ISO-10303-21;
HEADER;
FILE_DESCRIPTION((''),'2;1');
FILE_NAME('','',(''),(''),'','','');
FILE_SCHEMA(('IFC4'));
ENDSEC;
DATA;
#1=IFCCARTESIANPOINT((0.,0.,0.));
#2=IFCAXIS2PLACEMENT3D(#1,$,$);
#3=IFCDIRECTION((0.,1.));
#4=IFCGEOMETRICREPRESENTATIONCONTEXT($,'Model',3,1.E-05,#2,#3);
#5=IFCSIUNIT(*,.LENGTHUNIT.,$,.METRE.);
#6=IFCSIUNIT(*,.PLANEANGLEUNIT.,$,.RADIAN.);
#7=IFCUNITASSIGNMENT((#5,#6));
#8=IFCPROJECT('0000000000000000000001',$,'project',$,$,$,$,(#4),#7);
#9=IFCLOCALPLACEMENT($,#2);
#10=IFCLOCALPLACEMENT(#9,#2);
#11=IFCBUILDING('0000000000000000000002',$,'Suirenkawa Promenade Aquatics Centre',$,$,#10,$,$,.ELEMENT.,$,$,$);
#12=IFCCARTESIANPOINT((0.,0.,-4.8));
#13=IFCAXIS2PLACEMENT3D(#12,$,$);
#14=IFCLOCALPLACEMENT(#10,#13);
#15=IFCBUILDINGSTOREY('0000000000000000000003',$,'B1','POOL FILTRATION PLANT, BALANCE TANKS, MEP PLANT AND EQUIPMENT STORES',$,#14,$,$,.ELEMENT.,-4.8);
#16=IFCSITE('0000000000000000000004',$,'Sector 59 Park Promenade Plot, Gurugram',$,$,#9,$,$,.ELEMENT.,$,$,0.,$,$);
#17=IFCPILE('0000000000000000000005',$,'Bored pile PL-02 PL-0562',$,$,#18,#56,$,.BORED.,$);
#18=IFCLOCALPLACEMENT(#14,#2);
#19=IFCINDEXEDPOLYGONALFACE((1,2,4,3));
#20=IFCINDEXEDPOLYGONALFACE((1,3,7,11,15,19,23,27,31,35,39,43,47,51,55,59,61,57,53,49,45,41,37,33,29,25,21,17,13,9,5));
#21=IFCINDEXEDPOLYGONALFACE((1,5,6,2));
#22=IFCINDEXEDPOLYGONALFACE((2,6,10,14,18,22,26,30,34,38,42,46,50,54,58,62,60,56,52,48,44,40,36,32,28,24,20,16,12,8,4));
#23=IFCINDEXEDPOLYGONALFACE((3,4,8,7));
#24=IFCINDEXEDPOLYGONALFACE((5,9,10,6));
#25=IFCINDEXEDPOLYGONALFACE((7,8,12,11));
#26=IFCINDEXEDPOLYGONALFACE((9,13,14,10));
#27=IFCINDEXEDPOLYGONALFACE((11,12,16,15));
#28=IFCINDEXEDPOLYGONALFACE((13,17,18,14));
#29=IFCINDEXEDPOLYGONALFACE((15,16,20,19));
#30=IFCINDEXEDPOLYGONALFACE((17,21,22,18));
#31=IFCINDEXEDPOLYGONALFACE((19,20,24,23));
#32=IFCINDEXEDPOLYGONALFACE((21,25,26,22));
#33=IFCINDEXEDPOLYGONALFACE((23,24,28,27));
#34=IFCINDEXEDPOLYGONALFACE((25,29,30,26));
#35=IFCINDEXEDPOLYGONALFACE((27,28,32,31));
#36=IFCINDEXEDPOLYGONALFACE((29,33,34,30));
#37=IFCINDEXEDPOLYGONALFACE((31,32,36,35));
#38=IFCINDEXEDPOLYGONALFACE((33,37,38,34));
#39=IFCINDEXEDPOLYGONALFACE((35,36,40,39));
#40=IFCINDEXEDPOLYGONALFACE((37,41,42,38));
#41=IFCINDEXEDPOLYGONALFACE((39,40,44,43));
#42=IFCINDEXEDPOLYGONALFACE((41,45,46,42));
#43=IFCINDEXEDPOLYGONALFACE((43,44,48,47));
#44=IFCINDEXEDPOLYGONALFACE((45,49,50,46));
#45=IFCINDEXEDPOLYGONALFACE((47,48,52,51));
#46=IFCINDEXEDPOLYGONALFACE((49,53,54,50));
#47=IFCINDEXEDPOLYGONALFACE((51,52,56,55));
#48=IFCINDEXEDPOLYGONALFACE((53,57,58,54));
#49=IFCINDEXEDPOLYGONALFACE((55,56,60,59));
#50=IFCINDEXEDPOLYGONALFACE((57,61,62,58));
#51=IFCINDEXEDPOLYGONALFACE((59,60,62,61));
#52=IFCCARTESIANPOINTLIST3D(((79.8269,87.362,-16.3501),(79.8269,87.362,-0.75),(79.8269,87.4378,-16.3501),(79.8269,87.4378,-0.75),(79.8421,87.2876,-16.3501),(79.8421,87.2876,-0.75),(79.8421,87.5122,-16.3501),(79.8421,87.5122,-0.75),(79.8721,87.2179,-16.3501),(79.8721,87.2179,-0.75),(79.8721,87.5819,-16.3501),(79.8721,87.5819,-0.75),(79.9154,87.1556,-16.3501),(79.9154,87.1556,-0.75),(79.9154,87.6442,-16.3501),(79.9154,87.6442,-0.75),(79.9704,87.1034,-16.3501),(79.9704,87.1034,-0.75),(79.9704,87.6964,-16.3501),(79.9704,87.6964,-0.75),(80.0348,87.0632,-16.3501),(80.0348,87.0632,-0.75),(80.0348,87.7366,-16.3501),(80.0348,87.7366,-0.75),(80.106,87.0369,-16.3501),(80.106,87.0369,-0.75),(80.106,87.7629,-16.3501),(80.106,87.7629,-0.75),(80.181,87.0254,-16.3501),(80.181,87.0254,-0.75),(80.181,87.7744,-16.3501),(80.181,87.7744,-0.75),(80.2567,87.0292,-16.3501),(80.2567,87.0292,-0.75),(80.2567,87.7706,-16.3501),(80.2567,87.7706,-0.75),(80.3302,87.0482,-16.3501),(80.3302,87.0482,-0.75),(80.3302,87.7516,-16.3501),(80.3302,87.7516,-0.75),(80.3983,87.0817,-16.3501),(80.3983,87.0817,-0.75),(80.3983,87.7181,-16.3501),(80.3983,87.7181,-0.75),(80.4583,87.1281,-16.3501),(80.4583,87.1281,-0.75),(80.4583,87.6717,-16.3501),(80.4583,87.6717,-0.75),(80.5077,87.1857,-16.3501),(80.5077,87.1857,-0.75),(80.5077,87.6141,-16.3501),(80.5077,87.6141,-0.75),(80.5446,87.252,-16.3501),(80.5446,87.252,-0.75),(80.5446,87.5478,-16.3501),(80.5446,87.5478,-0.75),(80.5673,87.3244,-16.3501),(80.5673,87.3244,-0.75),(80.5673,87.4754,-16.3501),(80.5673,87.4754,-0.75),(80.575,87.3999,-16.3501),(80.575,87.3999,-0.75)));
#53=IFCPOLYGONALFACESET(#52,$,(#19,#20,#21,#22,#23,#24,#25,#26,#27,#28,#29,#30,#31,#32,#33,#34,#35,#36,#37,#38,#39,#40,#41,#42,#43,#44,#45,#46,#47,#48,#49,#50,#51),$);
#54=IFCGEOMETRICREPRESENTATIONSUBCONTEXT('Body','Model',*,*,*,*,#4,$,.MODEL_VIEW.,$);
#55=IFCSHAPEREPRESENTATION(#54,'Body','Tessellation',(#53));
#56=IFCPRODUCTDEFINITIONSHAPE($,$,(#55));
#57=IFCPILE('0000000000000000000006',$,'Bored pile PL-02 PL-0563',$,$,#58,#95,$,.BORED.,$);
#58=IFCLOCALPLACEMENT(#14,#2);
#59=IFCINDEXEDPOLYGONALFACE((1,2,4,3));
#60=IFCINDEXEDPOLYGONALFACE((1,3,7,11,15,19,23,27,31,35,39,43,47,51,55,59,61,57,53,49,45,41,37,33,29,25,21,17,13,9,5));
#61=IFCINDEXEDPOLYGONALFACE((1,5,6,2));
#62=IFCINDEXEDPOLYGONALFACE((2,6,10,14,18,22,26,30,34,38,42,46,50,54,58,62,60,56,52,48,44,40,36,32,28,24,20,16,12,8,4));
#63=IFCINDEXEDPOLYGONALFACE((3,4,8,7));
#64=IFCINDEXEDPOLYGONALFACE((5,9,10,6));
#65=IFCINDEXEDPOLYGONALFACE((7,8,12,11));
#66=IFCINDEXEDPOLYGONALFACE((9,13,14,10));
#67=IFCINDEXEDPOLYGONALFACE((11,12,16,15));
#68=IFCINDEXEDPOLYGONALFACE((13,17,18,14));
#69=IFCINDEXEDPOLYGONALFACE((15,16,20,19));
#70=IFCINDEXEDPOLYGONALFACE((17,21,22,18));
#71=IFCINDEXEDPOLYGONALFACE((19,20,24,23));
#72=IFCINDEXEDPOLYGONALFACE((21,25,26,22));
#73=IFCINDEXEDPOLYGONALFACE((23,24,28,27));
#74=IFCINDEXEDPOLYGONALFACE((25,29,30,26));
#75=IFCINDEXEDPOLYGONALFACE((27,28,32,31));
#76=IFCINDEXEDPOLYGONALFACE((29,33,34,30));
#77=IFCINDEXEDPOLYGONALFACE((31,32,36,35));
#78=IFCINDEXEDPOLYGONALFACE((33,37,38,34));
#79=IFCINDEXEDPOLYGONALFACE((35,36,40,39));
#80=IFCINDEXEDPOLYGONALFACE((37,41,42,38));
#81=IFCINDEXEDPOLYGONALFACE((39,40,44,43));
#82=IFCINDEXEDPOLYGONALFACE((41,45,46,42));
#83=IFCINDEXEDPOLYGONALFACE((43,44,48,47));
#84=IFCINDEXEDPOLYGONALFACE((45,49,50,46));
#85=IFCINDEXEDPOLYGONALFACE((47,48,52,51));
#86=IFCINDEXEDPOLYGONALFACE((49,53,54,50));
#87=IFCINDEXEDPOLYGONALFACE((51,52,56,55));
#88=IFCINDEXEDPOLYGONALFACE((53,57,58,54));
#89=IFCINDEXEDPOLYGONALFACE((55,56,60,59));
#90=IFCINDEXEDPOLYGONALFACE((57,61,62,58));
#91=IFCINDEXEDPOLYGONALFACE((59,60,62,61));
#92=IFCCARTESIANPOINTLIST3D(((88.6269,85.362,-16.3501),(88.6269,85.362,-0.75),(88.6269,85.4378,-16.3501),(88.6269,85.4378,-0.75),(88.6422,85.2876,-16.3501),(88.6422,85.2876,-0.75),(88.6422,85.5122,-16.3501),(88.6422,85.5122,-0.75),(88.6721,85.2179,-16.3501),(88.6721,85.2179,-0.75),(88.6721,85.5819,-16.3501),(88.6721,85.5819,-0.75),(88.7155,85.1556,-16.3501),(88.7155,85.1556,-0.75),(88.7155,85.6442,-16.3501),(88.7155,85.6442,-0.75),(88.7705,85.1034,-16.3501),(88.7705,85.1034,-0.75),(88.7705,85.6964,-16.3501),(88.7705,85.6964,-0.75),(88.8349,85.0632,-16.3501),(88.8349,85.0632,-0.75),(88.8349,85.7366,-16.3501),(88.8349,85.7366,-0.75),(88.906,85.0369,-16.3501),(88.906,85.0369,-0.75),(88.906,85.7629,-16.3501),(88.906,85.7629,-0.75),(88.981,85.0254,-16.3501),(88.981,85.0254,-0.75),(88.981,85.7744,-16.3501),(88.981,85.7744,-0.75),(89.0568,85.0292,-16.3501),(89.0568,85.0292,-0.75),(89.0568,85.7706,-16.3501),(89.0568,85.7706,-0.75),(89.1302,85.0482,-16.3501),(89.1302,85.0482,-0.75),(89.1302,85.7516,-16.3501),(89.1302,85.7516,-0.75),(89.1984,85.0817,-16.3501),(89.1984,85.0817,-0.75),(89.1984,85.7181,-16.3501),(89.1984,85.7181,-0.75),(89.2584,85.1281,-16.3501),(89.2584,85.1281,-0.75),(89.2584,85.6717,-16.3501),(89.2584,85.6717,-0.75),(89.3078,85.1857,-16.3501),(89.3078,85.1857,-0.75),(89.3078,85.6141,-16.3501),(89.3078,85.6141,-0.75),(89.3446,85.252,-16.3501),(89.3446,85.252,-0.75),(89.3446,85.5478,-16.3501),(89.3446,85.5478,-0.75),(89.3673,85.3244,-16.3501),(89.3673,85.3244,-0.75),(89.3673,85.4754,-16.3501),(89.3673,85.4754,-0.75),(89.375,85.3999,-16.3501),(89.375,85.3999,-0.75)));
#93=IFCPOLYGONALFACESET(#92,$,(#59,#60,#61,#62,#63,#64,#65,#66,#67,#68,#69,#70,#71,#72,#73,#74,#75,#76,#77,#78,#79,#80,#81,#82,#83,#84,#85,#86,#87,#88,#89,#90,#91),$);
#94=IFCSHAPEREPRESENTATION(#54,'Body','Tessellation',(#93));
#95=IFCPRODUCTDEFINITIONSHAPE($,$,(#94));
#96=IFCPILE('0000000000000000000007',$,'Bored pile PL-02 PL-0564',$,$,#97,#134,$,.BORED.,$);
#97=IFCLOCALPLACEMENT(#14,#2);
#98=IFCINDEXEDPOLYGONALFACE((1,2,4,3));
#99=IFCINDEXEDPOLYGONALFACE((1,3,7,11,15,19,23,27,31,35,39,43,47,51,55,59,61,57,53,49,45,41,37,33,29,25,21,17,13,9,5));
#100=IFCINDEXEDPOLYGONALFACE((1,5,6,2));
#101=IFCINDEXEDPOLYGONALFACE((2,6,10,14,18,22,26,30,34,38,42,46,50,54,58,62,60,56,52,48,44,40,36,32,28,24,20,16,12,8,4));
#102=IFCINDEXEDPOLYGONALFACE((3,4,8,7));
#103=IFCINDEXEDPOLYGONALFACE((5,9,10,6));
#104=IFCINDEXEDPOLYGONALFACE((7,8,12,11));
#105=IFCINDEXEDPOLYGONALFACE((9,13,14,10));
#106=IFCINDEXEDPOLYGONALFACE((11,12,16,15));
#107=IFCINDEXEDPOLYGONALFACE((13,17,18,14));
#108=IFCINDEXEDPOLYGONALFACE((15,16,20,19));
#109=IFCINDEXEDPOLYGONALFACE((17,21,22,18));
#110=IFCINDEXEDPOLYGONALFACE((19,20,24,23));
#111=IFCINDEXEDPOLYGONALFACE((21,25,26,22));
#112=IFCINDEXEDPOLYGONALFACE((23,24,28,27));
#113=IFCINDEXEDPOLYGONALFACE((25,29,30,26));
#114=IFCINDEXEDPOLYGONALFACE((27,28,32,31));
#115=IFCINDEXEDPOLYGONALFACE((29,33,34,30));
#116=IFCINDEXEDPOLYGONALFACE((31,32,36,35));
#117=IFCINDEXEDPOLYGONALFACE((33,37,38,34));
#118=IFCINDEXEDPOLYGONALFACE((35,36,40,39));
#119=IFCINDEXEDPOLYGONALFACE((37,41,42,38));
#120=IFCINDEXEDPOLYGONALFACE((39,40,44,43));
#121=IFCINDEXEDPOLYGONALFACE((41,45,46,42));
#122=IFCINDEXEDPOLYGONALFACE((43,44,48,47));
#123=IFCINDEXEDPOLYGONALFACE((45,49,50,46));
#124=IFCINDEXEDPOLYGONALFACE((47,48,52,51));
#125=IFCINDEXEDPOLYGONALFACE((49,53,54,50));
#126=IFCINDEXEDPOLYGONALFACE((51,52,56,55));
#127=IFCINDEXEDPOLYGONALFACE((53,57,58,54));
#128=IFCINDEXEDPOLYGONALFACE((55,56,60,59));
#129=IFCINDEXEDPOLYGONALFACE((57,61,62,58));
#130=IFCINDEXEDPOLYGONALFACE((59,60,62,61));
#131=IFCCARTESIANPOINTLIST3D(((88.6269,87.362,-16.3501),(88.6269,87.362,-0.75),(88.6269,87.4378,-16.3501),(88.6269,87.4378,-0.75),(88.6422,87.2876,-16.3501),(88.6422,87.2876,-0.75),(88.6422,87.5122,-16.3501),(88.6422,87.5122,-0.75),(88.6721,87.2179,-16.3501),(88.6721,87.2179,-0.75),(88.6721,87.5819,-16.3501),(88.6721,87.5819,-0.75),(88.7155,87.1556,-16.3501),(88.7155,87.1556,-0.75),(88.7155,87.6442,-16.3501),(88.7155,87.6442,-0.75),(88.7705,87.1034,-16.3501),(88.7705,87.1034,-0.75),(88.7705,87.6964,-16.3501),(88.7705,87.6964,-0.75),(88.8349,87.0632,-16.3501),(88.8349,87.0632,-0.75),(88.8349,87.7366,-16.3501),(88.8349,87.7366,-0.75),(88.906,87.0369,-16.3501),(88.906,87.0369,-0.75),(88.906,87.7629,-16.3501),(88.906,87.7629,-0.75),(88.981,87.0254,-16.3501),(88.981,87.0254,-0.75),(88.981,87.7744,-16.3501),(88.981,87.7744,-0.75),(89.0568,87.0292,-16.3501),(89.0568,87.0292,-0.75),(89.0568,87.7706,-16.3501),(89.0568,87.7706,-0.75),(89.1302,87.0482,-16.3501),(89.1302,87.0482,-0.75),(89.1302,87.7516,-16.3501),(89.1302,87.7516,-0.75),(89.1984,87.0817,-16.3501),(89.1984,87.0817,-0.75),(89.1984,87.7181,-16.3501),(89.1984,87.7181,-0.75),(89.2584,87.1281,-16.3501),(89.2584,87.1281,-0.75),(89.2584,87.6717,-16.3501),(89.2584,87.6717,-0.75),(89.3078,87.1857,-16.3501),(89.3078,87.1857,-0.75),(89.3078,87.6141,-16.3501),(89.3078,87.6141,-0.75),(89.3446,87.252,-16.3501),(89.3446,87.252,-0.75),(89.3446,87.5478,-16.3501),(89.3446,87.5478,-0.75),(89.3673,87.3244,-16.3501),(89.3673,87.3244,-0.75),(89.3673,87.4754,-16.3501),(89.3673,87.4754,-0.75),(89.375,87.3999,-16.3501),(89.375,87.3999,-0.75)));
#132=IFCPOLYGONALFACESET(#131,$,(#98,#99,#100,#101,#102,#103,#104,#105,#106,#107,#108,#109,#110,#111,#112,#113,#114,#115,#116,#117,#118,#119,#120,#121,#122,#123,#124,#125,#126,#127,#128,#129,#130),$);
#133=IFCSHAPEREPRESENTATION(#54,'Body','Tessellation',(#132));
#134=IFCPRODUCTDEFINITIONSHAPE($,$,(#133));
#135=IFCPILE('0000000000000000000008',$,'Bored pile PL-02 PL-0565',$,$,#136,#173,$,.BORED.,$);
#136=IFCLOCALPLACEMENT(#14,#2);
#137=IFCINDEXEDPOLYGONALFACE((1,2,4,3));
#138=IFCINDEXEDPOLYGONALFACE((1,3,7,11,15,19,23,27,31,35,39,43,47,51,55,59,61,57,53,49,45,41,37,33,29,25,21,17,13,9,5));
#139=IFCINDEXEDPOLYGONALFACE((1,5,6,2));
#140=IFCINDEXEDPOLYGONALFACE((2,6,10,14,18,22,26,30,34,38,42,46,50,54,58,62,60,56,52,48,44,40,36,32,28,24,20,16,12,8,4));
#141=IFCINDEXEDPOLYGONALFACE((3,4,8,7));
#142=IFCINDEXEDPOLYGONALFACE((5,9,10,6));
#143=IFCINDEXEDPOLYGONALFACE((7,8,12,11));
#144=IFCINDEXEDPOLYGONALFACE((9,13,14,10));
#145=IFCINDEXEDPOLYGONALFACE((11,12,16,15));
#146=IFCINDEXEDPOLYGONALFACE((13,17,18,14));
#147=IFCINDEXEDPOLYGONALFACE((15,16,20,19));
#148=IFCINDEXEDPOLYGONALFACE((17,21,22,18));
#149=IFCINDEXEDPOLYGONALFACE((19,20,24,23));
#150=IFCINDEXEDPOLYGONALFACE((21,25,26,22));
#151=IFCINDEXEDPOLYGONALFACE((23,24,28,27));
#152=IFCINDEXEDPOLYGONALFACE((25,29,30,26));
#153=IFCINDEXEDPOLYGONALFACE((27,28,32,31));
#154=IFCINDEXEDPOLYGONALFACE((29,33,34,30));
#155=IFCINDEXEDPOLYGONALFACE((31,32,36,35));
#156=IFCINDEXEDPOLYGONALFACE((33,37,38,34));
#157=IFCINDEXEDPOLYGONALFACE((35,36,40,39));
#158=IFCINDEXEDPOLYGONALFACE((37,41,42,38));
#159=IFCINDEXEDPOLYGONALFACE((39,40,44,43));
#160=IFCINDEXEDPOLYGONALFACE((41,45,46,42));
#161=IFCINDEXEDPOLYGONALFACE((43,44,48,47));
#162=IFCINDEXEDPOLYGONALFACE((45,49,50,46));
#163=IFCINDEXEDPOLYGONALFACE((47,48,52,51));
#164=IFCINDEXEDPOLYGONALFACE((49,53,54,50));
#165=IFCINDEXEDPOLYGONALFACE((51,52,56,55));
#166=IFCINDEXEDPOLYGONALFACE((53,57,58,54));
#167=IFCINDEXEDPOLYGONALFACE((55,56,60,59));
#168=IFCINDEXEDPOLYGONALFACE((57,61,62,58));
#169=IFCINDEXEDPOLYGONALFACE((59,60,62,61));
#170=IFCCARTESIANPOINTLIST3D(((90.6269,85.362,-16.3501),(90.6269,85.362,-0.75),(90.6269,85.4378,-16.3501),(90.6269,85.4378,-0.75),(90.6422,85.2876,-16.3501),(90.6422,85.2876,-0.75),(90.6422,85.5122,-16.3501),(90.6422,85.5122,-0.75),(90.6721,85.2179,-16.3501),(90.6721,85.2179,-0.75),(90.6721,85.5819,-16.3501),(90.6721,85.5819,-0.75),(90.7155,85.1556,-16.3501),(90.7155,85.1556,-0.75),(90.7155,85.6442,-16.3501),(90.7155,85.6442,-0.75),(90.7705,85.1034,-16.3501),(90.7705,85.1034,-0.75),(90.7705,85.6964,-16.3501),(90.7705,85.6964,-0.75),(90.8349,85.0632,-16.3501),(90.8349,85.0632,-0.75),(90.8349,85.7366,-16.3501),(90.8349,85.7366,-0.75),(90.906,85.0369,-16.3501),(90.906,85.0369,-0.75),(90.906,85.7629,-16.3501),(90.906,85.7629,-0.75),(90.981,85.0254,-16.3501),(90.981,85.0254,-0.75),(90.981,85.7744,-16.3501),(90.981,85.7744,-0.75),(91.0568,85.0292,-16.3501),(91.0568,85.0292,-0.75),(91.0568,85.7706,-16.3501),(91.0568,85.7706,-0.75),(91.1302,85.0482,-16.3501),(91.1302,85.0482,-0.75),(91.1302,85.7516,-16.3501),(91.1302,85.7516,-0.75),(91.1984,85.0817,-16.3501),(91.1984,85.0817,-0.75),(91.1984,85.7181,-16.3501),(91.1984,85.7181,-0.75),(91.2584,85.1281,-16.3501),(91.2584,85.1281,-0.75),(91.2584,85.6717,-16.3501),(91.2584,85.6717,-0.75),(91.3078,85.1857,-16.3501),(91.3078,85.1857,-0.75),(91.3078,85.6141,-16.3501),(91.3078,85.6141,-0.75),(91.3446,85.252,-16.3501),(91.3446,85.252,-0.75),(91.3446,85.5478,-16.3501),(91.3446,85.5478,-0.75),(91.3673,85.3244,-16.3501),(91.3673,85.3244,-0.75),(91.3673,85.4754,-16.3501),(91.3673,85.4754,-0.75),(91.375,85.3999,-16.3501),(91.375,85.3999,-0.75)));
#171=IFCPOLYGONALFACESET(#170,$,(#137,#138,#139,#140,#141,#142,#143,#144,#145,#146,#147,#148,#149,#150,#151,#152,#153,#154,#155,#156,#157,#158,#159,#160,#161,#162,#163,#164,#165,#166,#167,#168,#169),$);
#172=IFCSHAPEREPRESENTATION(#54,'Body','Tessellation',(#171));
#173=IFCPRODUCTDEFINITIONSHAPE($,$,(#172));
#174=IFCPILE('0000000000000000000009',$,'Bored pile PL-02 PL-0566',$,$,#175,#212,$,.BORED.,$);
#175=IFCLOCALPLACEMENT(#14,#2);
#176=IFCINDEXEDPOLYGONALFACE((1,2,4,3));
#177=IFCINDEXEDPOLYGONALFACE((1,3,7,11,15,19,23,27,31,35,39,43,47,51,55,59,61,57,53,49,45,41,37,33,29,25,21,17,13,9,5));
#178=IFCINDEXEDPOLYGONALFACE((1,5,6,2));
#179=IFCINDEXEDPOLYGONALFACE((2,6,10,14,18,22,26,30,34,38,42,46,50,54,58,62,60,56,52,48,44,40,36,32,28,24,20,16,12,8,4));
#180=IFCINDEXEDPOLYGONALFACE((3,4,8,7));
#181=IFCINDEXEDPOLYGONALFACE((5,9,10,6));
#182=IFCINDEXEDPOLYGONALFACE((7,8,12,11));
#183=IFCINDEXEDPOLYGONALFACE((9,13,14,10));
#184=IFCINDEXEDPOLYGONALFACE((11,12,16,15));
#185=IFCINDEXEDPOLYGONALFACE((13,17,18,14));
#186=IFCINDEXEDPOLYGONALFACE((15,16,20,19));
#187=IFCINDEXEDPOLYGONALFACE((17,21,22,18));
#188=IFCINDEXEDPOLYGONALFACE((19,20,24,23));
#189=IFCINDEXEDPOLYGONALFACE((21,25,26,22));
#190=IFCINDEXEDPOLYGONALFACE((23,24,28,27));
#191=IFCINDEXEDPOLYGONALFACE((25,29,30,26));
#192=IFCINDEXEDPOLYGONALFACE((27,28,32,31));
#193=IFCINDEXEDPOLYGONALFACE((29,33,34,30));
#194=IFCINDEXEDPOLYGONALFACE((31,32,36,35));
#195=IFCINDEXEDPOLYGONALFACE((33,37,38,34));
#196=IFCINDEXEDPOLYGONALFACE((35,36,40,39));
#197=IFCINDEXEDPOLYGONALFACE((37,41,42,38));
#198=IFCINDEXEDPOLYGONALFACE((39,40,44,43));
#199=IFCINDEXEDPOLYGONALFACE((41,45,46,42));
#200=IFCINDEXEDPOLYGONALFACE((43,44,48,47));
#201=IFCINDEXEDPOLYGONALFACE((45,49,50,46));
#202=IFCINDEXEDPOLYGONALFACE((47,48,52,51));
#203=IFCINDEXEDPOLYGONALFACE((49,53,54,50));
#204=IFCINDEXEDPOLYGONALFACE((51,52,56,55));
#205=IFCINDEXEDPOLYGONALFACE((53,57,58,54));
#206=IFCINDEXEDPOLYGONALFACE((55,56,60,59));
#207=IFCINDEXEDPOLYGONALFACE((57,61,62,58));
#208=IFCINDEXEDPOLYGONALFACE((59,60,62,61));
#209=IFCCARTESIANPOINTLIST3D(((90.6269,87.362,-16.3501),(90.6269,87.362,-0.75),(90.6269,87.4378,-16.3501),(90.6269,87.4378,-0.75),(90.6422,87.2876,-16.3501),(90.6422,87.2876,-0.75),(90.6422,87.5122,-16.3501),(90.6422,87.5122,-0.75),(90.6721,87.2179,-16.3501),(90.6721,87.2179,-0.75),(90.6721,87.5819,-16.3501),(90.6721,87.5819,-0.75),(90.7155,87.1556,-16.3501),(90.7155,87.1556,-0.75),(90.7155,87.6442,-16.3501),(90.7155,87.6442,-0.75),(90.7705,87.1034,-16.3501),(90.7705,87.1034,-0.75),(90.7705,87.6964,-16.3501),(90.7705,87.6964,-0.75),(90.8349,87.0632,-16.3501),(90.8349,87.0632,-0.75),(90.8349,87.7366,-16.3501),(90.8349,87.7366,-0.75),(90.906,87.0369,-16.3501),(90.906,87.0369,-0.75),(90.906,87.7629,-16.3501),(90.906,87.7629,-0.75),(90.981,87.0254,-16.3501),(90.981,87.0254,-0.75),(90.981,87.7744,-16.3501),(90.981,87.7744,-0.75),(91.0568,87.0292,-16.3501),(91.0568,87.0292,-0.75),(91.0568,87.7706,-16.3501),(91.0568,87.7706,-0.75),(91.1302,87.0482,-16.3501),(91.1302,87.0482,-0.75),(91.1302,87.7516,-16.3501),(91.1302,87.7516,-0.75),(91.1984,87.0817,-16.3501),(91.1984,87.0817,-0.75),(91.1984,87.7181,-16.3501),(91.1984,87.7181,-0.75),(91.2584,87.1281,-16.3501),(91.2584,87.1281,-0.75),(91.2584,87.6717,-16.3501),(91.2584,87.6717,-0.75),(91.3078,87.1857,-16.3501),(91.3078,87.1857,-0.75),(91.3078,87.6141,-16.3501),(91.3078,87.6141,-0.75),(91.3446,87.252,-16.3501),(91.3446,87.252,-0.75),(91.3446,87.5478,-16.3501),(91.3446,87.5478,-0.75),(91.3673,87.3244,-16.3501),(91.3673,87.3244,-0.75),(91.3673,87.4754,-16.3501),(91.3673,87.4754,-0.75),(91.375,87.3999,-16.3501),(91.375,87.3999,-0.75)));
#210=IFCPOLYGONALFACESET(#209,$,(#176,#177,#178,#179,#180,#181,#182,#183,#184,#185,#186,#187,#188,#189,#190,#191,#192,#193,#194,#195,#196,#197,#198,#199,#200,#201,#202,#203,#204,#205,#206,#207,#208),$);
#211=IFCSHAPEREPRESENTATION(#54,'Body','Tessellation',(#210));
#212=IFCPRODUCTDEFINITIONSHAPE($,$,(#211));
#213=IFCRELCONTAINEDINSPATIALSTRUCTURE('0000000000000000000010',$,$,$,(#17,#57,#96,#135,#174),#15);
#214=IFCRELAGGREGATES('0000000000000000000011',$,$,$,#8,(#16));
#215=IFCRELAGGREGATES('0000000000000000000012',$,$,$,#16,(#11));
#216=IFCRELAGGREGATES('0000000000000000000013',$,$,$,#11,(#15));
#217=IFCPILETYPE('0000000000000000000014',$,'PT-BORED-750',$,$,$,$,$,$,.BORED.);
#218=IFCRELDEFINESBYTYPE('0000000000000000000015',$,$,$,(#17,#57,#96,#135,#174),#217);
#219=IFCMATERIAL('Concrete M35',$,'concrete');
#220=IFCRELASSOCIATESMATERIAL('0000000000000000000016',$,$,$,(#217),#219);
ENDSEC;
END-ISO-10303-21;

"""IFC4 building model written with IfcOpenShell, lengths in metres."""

from ifc_helpers import new_model, si_unit, direction, frame, origin, origin_2d, place, context, subcontext, project, spatial, circle, extrude, material, material_profile, profile_set, type_object, element, save


model = new_model("IFC4")

# Units and contexts
model_context = context("Model", 3, precision=1e-05, world=origin(), true_north=direction((0.0, 1.0)))
body_context = subcontext(model_context, "Body", "Model", "MODEL_VIEW")
ifc_project = project(units=[si_unit("LENGTHUNIT", "METRE"), si_unit("PLANEANGLEUNIT", "RADIAN")], contexts=[model_context])

# Site, building, storey
site_placement = place(None, origin())
site = spatial("IfcSite", under=ifc_project, at=site_placement, Name="Sector 59 Park Promenade Plot, Gurugram", CompositionType="ELEMENT", RefElevation=0.0)
building_placement = place(site_placement, origin())
building = spatial("IfcBuilding", under=site, at=building_placement, Name="Suirenkawa Promenade Aquatics Centre", CompositionType="ELEMENT")
storey_placement = place(building_placement, frame((0.0, 0.0, -4.8)))
storey = spatial("IfcBuildingStorey", under=building, at=storey_placement, Name="B1", Description="POOL FILTRATION PLANT, BALANCE TANKS, MEP PLANT AND EQUIPMENT STORES", CompositionType="ELEMENT", Elevation=-4.8)

# Shared definitions
ifc_material_1 = material(Name="Concrete M35", Category="concrete")

# Piles
ifc_material_profile_1 = material_profile(ifc_material_1, circle(Radius=0.375, at=origin_2d()), Name="PILE D750", Category="concrete")
ifc_profile_set_1 = profile_set([ifc_material_profile_1], Name="Concrete M35")
pile_type_1 = type_object("IfcPileType", Name="PT-BORED-750", PredefinedType="BORED", material=ifc_profile_set_1)
for number, where, z_axis, x_axis, name in (
    (1, (80.2, 87.3999, -0.75), (0.0, 0.0, -1.0), (1.0, 0.0, 0.0), "Bored pile PL-02 PL-0562"),
    (2, (89.0, 85.3999, -0.75), (0.0, 0.0, -1.0), (1.0, 0.0, 0.0), "Bored pile PL-02 PL-0563"),
    (3, (89.0, 87.3999, -0.75), (0.0, 0.0, -1.0), (1.0, 0.0, 0.0), "Bored pile PL-02 PL-0564"),
    (4, (91.0, 85.3999, -0.75), (0.0, 0.0, -1.0), (1.0, 0.0, 0.0), "Bored pile PL-02 PL-0565"),
    (5, (91.0, 87.3999, -0.75), (0.0, 0.0, -1.0), (1.0, 0.0, 0.0), "Bored pile PL-02 PL-0566"),
):
    element("IfcPile", number, at=place(storey_placement, frame(where, z_axis=z_axis, x_axis=x_axis)), inside=storey, type_object=pile_type_1, Name=name, PredefinedType="BORED", context=body_context, shape_type="SweptSolid", body=[
        extrude(circle(Radius=0.375, at=origin_2d()), origin(), (0.0, 0.0, 1.0), 15.6001),
    ])

save(model, "model.ifc")
